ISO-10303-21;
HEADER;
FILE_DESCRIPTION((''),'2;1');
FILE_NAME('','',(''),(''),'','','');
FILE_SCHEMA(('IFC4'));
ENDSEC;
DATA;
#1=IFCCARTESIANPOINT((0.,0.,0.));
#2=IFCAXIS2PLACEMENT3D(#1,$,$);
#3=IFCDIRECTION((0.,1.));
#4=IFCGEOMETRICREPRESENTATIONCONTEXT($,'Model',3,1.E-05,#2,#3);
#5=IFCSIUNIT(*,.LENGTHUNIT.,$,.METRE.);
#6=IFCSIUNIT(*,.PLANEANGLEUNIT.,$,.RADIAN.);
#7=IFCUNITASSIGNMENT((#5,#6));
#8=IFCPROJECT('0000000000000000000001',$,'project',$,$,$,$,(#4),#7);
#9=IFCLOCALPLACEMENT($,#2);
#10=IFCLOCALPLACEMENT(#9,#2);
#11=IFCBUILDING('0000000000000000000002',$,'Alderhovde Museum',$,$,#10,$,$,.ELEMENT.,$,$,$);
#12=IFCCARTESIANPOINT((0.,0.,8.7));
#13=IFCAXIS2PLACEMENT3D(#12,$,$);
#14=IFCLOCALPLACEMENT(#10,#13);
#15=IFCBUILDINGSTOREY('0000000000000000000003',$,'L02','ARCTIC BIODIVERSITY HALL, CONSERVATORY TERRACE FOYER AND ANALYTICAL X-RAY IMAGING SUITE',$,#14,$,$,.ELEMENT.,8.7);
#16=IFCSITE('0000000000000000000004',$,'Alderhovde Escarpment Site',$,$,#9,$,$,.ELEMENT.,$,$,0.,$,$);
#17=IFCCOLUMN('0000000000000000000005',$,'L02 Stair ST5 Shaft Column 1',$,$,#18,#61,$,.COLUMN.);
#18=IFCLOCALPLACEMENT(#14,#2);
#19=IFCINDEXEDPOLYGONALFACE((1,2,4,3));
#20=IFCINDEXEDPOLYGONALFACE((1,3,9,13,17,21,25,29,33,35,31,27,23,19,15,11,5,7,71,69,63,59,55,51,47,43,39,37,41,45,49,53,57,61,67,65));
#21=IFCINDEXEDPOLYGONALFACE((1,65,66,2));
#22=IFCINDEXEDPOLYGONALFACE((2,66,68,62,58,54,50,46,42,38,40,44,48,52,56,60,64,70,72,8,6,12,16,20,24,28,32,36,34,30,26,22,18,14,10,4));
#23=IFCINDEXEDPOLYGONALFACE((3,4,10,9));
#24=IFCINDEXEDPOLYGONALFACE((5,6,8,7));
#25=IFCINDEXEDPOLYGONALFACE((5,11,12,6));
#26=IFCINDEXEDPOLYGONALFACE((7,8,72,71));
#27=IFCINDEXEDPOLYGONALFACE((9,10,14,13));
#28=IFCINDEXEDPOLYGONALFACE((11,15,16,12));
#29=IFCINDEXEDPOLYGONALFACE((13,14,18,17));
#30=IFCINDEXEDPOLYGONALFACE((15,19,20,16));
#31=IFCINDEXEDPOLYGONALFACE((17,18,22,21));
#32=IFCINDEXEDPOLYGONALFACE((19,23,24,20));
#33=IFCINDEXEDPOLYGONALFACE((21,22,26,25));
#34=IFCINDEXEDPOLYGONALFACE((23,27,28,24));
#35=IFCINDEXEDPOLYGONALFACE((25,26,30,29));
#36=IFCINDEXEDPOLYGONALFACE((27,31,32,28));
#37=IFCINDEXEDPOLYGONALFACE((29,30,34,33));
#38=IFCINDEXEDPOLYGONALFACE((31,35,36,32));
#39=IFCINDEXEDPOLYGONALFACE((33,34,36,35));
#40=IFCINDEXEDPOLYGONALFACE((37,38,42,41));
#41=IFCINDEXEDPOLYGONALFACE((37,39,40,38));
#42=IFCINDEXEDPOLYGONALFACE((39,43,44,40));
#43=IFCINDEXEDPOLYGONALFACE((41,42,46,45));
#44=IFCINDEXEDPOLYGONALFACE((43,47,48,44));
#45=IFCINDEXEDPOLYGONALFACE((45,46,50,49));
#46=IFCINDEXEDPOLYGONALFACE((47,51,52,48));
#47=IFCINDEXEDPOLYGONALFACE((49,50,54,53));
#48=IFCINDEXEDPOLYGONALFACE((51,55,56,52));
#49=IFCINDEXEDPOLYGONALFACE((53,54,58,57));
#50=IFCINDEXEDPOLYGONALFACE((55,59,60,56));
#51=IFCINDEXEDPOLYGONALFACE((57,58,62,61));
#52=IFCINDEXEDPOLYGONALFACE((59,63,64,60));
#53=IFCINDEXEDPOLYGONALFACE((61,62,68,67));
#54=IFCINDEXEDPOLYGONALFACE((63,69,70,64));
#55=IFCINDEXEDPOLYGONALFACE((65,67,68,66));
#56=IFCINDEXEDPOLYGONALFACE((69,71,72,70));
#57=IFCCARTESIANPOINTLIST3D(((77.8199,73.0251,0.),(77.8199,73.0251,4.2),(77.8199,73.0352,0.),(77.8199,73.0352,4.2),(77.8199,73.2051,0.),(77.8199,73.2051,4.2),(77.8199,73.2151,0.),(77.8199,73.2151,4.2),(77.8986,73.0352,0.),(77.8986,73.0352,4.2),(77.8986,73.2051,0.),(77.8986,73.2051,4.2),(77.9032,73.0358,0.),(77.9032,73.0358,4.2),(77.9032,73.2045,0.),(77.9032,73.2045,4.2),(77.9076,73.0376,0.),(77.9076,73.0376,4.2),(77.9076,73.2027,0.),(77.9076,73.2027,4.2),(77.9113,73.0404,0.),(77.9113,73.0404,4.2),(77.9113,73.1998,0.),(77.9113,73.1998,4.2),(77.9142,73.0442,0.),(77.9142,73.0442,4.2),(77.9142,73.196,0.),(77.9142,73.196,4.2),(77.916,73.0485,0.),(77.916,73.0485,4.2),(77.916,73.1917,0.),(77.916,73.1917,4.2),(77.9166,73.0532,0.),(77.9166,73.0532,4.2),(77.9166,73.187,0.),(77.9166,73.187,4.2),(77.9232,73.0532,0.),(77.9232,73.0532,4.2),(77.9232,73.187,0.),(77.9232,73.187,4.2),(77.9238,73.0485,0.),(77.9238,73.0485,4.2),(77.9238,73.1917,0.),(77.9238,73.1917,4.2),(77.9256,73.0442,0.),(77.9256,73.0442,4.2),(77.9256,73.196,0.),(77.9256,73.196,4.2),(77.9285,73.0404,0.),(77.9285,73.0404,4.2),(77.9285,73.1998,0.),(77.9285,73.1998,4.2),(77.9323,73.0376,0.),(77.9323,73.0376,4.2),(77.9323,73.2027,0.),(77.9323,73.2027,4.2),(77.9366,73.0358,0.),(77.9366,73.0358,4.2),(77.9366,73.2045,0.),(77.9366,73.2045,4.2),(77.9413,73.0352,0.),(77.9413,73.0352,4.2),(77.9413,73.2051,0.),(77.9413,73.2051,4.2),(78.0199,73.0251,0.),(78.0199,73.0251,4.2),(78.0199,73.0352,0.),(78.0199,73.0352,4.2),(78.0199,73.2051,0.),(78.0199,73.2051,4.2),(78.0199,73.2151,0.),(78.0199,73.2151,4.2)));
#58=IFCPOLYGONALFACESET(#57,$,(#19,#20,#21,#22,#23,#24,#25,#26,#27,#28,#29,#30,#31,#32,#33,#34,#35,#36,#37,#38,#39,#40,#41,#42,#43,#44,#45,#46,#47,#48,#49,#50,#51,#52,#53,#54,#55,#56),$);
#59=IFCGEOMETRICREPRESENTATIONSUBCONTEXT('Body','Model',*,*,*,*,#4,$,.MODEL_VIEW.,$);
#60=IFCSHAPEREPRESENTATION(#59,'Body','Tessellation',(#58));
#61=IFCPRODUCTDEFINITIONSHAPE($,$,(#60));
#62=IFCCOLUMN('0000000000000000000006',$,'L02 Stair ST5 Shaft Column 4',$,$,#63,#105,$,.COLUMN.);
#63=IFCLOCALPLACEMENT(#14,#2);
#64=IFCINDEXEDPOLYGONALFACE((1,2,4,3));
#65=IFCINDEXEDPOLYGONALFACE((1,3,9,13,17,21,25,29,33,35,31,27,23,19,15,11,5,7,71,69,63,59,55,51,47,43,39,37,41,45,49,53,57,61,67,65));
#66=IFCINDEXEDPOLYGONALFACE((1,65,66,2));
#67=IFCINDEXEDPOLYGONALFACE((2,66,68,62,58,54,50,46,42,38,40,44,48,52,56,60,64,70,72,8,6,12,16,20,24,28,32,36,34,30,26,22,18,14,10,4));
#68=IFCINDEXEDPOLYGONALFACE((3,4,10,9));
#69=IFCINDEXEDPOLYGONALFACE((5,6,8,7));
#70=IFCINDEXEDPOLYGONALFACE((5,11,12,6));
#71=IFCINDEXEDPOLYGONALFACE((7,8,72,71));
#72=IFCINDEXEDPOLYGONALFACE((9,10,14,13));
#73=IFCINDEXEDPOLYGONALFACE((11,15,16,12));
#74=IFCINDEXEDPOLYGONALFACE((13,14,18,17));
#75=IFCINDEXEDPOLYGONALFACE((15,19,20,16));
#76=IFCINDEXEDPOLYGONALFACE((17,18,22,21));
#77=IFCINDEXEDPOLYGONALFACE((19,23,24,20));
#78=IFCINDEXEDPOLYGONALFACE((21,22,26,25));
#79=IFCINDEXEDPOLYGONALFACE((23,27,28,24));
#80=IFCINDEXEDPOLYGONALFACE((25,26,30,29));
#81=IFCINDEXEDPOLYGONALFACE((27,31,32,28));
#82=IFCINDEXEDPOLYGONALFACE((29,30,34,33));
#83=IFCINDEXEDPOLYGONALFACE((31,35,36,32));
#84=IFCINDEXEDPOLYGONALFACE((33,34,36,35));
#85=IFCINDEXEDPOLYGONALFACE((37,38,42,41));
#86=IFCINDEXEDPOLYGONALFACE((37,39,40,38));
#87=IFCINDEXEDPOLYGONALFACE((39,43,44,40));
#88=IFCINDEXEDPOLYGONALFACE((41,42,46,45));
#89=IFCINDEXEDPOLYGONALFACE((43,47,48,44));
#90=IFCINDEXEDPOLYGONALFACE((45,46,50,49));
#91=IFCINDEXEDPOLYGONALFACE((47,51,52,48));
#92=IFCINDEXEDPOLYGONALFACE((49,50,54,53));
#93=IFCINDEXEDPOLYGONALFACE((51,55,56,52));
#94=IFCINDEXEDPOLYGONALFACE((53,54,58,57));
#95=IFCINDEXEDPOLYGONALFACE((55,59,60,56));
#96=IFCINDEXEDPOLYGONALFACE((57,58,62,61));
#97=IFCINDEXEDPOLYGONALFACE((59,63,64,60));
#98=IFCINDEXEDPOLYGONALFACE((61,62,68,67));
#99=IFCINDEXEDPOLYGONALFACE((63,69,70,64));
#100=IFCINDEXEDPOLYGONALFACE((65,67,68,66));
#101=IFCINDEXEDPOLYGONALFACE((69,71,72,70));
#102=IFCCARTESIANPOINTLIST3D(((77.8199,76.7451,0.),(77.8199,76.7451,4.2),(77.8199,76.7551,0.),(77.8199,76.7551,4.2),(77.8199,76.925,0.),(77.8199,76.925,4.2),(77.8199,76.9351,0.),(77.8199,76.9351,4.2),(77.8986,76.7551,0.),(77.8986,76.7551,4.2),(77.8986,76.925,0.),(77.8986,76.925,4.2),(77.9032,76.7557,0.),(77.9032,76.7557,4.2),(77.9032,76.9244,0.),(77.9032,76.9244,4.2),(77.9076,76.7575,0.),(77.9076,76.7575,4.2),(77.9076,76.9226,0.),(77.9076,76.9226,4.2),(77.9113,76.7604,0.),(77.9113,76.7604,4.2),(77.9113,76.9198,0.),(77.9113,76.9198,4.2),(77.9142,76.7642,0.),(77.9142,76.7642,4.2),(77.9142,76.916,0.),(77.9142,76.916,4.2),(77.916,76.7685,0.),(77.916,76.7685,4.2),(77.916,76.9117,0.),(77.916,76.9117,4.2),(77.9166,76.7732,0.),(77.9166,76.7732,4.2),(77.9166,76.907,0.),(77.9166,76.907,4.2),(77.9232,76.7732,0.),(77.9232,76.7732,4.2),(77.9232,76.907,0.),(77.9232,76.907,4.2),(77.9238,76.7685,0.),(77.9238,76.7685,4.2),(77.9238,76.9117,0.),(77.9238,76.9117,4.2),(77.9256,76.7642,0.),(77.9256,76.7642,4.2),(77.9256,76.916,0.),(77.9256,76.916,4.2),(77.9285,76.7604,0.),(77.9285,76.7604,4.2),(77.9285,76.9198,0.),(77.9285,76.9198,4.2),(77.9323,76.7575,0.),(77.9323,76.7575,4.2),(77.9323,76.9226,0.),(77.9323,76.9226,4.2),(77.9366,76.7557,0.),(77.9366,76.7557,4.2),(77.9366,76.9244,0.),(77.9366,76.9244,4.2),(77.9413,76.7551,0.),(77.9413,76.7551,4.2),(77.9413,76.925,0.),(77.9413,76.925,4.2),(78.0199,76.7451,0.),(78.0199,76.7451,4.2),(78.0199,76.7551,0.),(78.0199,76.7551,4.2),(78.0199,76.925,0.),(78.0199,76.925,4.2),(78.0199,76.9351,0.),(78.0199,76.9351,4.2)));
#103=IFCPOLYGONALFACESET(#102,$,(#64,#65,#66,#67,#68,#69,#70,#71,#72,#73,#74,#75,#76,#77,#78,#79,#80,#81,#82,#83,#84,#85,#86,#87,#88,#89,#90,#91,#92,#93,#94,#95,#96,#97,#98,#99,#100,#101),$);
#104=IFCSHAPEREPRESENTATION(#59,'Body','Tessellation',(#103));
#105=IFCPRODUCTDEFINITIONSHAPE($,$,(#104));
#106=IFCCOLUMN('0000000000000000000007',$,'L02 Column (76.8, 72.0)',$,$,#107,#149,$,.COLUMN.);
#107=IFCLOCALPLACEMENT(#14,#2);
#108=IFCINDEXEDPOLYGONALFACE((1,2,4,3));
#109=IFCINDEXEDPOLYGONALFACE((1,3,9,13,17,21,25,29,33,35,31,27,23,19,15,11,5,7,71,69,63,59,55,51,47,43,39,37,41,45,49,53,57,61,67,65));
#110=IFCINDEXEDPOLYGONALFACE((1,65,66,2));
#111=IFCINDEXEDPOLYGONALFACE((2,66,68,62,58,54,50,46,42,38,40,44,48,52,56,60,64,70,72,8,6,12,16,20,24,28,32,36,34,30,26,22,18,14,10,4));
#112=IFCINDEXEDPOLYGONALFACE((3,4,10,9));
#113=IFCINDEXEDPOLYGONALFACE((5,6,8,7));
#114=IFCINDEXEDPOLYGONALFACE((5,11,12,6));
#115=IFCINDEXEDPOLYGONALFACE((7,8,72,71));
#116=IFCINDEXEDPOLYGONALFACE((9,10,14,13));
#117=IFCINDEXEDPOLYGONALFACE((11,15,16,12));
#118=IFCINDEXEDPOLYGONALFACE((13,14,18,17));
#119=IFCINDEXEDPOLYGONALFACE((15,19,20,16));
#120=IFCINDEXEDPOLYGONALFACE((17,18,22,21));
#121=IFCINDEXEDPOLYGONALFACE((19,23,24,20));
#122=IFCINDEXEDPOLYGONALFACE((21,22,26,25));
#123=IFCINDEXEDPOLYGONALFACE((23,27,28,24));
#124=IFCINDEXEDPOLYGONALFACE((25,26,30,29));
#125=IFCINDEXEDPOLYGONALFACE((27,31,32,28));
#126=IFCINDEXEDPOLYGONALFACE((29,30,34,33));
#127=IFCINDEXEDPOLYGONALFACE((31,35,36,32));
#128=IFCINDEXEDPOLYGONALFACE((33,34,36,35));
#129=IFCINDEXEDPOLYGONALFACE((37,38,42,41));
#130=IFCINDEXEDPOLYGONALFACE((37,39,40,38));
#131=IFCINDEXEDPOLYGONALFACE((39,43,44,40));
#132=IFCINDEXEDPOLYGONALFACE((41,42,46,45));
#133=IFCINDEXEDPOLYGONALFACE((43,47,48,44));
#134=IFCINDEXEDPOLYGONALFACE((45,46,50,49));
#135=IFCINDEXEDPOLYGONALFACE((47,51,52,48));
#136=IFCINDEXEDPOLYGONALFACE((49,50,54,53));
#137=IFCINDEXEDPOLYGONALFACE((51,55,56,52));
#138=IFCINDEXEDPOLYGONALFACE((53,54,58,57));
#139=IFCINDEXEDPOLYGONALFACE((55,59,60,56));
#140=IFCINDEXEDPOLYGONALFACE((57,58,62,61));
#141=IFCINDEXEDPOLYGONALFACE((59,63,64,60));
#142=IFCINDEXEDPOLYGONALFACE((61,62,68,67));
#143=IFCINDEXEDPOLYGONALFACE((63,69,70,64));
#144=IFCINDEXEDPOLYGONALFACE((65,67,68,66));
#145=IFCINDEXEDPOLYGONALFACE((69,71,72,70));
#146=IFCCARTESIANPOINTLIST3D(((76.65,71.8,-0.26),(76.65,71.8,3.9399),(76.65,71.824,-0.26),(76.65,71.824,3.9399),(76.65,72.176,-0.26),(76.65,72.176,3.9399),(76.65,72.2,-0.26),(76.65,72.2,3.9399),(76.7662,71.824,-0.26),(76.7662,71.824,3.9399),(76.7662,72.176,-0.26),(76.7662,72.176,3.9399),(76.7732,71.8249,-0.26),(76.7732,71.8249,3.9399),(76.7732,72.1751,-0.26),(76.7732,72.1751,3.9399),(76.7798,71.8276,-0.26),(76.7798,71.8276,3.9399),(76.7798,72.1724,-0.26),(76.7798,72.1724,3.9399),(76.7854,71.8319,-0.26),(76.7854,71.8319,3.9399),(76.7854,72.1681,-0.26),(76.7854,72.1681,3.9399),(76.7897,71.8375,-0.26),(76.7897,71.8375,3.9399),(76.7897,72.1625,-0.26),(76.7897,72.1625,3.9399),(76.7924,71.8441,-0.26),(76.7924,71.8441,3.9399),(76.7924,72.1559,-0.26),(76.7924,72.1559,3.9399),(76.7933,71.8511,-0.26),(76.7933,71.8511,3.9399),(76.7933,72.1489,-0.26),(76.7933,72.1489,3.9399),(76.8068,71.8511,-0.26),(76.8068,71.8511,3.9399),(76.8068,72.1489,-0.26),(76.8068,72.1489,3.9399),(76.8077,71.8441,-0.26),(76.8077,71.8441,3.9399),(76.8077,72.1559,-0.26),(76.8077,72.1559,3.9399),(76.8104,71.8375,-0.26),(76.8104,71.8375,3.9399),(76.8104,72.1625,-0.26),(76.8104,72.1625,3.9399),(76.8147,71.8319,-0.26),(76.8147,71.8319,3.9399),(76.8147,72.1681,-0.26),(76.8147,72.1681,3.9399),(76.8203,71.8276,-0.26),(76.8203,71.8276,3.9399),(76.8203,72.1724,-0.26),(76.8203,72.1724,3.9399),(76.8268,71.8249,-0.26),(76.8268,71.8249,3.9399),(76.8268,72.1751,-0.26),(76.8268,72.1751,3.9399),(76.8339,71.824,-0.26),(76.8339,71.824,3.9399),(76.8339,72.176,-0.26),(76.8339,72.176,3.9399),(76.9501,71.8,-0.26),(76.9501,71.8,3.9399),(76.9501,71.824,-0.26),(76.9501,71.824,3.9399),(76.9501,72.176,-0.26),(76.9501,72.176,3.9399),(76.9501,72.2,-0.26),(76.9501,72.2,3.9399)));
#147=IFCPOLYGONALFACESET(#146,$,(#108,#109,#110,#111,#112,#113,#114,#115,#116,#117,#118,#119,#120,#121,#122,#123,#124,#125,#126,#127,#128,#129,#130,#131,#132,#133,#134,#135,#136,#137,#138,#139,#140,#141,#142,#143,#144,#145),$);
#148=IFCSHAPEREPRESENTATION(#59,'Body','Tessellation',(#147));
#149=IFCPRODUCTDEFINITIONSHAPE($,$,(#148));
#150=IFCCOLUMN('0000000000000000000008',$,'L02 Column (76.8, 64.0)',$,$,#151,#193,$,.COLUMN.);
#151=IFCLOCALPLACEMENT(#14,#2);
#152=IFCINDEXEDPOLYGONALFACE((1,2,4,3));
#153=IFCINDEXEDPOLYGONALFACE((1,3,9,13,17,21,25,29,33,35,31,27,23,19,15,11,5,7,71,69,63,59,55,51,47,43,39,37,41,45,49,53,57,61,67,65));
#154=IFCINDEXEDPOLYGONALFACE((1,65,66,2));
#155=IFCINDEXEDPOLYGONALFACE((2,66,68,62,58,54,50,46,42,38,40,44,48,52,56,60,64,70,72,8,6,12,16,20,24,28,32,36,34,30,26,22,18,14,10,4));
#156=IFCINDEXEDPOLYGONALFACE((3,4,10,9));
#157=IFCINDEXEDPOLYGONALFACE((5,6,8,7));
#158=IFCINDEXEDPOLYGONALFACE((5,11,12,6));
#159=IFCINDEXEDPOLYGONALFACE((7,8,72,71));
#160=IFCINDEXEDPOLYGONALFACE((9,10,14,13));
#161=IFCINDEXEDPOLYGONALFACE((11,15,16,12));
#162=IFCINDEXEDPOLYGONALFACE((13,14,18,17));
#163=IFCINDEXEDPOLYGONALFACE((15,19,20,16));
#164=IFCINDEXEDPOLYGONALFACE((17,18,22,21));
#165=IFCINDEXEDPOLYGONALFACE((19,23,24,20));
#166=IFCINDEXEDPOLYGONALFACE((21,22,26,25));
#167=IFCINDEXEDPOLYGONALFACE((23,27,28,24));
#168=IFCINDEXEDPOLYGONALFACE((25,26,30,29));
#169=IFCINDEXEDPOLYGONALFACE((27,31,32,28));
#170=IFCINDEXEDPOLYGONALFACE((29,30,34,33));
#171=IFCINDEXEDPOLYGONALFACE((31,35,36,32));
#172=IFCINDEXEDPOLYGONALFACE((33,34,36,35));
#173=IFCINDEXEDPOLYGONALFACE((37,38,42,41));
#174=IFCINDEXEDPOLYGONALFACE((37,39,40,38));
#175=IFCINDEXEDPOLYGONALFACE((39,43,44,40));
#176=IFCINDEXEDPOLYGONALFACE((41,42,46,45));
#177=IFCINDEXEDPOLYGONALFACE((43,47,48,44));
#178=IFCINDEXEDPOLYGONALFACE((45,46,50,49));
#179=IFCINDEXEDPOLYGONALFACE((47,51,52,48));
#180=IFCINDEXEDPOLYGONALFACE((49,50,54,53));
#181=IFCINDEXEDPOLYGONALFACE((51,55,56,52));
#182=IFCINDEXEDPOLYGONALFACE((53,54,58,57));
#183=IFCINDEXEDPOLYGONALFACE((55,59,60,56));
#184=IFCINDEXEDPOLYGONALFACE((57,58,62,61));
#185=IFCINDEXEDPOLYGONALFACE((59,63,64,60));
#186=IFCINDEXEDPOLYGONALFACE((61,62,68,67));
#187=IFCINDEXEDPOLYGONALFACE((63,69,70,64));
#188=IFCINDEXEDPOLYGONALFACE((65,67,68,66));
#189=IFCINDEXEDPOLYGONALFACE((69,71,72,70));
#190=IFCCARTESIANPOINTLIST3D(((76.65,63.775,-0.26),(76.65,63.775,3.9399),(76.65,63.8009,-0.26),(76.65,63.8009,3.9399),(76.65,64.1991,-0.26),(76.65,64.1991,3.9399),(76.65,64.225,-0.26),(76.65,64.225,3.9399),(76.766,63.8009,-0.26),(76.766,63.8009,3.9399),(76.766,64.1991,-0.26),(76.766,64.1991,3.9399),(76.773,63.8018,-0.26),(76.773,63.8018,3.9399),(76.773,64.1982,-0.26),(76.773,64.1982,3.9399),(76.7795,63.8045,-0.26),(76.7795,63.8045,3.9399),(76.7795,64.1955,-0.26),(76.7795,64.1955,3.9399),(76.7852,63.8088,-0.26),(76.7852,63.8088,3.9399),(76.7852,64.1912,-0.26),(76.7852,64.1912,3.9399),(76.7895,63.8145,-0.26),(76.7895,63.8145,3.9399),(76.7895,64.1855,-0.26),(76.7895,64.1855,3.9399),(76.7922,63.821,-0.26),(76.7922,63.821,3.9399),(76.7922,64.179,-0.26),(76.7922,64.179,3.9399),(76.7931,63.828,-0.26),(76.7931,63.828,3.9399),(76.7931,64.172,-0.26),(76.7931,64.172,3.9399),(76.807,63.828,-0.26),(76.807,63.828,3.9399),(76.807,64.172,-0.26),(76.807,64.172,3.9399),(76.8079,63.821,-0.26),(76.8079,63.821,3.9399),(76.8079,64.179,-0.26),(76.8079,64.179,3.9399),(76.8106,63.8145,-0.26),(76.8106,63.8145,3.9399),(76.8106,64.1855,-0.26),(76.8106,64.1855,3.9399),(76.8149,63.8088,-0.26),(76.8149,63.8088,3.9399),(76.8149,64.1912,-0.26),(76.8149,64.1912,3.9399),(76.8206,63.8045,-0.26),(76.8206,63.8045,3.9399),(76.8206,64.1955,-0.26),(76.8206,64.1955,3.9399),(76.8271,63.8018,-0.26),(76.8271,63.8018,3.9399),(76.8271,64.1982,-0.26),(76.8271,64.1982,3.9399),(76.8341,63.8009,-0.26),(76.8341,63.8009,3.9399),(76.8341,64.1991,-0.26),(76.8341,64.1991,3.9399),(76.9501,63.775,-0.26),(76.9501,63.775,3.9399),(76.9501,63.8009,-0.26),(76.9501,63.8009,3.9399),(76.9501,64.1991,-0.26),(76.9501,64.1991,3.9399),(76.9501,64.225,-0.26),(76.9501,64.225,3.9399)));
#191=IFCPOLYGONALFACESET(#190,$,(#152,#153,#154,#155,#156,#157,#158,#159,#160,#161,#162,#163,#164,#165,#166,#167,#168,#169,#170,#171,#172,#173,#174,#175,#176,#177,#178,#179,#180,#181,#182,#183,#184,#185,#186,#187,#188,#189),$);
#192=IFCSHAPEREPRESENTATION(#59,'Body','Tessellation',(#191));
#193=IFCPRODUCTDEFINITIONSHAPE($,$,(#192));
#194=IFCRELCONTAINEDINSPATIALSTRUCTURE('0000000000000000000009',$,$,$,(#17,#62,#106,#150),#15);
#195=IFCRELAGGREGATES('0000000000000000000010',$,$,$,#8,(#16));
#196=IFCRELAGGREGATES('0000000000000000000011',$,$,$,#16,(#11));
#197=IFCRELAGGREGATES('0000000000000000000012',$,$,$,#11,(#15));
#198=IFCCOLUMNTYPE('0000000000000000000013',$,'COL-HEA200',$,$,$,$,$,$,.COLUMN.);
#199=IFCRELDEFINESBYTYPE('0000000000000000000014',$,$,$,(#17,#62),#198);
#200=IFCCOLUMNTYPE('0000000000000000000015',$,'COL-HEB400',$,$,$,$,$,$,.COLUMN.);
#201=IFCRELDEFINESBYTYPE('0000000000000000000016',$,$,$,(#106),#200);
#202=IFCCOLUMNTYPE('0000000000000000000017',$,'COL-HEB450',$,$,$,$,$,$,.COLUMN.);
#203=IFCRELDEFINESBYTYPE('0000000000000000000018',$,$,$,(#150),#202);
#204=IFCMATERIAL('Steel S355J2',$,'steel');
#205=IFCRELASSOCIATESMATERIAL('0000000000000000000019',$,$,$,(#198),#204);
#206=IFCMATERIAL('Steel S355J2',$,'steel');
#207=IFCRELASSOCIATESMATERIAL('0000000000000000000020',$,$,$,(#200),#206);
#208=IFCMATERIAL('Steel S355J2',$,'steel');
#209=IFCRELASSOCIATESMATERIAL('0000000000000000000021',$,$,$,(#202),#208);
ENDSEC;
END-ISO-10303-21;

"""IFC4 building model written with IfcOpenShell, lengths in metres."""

from ifc_helpers import new_model, si_unit, direction, frame, origin, origin_2d, place, context, subcontext, project, spatial, i_section, extrude, material, material_profile, profile_set, type_object, element, save


model = new_model("IFC4")

# Units and contexts
model_context = context("Model", 3, precision=1e-05, world=origin(), true_north=direction((0.0, 1.0)))
body_context = subcontext(model_context, "Body", "Model", "MODEL_VIEW")
ifc_project = project(units=[si_unit("LENGTHUNIT", "METRE"), si_unit("PLANEANGLEUNIT", "RADIAN")], contexts=[model_context])

# Site, building, storey
site_placement = place(None, origin())
site = spatial("IfcSite", under=ifc_project, at=site_placement, Name="Alderhovde Escarpment Site", CompositionType="ELEMENT", RefElevation=0.0)
building_placement = place(site_placement, origin())
building = spatial("IfcBuilding", under=site, at=building_placement, Name="Alderhovde Museum", CompositionType="ELEMENT")
storey_placement = place(building_placement, frame((0.0, 0.0, 8.7)))
storey = spatial("IfcBuildingStorey", under=building, at=storey_placement, Name="L02", Description="ARCTIC BIODIVERSITY HALL, CONSERVATORY TERRACE FOYER AND ANALYTICAL X-RAY IMAGING SUITE", CompositionType="ELEMENT", Elevation=8.7)

# Columns
ifc_material_1 = material(Name="Steel S355J2", Category="steel")
ifc_material_profile_1 = material_profile(ifc_material_1, i_section(OverallWidth=0.2, OverallDepth=0.1899, WebThickness=0.0066, FlangeThickness=0.01, FilletRadius=0.0181, at=origin_2d()), Name="HEA 200")
ifc_profile_set_1 = profile_set([ifc_material_profile_1], Name="Steel S355J2")
column_type_1 = type_object("IfcColumnType", Name="COL-HEA200", PredefinedType="COLUMN", material=ifc_profile_set_1)
for number, where, z_axis, x_axis, name in (
    (1, (77.9199, 73.1201, 0.0), (0.0, 0.0, 1.0), (1.0, 0.0, 0.0), "L02 Stair ST5 Shaft Column 1"),
    (2, (77.9199, 76.8401, 0.0), (0.0, 0.0, 1.0), (1.0, 0.0, 0.0), "L02 Stair ST5 Shaft Column 4"),
):
    element("IfcColumn", number, at=place(storey_placement, frame(where, z_axis=z_axis, x_axis=x_axis)), inside=storey, type_object=column_type_1, Name=name, PredefinedType="COLUMN", context=body_context, shape_type="SweptSolid", body=[
        extrude(i_section(OverallWidth=0.2, OverallDepth=0.1899, WebThickness=0.0066, FlangeThickness=0.01, FilletRadius=0.0181, at=origin_2d()), origin(), (0.0, 0.0, 1.0), 4.2),
    ])
ifc_material_2 = material(Name="Steel S355J2", Category="steel")
ifc_material_profile_2 = material_profile(ifc_material_2, i_section(OverallWidth=0.3, OverallDepth=0.3999, WebThickness=0.0134, FlangeThickness=0.0239, FilletRadius=0.0271, at=origin_2d()), Name="HEB 400")
ifc_profile_set_2 = profile_set([ifc_material_profile_2], Name="Steel S355J2")
column_type_2 = type_object("IfcColumnType", Name="COL-HEB400", PredefinedType="COLUMN", material=ifc_profile_set_2)
column_placement = place(storey_placement, frame((76.8, 72.0, -0.26), z_axis=(0.0, 0.0, 1.0), x_axis=(1.0, 0.0, 0.0)))
element("IfcColumn", 3, at=column_placement, inside=storey, type_object=column_type_2, Name="L02 Column (76.8, 72.0)", PredefinedType="COLUMN", context=body_context, shape_type="SweptSolid", body=[
    extrude(i_section(OverallWidth=0.3, OverallDepth=0.3999, WebThickness=0.0134, FlangeThickness=0.0239, FilletRadius=0.0271, at=origin_2d()), origin(), (0.0, 0.0, 1.0), 4.2),
])
ifc_material_3 = material(Name="Steel S355J2", Category="steel")
ifc_material_profile_3 = material_profile(ifc_material_3, i_section(OverallWidth=0.3, OverallDepth=0.45, WebThickness=0.0139, FlangeThickness=0.0259, FilletRadius=0.0271, at=origin_2d()), Name="HEB 450")
ifc_profile_set_3 = profile_set([ifc_material_profile_3], Name="Steel S355J2")
column_type_3 = type_object("IfcColumnType", Name="COL-HEB450", PredefinedType="COLUMN", material=ifc_profile_set_3)
for number, where, z_axis, x_axis, name in (
    (4, (76.8, 64.0, -0.26), (0.0, 0.0, 1.0), (1.0, 0.0, 0.0), "L02 Column (76.8, 64.0)"),
):
    element("IfcColumn", number, at=place(storey_placement, frame(where, z_axis=z_axis, x_axis=x_axis)), inside=storey, type_object=column_type_3, Name=name, PredefinedType="COLUMN", context=body_context, shape_type="SweptSolid", body=[
        extrude(i_section(OverallWidth=0.3, OverallDepth=0.45, WebThickness=0.0139, FlangeThickness=0.0259, FilletRadius=0.0271, at=origin_2d()), origin(), (0.0, 0.0, 1.0), 4.2),
    ])

save(model, "model.ifc")
